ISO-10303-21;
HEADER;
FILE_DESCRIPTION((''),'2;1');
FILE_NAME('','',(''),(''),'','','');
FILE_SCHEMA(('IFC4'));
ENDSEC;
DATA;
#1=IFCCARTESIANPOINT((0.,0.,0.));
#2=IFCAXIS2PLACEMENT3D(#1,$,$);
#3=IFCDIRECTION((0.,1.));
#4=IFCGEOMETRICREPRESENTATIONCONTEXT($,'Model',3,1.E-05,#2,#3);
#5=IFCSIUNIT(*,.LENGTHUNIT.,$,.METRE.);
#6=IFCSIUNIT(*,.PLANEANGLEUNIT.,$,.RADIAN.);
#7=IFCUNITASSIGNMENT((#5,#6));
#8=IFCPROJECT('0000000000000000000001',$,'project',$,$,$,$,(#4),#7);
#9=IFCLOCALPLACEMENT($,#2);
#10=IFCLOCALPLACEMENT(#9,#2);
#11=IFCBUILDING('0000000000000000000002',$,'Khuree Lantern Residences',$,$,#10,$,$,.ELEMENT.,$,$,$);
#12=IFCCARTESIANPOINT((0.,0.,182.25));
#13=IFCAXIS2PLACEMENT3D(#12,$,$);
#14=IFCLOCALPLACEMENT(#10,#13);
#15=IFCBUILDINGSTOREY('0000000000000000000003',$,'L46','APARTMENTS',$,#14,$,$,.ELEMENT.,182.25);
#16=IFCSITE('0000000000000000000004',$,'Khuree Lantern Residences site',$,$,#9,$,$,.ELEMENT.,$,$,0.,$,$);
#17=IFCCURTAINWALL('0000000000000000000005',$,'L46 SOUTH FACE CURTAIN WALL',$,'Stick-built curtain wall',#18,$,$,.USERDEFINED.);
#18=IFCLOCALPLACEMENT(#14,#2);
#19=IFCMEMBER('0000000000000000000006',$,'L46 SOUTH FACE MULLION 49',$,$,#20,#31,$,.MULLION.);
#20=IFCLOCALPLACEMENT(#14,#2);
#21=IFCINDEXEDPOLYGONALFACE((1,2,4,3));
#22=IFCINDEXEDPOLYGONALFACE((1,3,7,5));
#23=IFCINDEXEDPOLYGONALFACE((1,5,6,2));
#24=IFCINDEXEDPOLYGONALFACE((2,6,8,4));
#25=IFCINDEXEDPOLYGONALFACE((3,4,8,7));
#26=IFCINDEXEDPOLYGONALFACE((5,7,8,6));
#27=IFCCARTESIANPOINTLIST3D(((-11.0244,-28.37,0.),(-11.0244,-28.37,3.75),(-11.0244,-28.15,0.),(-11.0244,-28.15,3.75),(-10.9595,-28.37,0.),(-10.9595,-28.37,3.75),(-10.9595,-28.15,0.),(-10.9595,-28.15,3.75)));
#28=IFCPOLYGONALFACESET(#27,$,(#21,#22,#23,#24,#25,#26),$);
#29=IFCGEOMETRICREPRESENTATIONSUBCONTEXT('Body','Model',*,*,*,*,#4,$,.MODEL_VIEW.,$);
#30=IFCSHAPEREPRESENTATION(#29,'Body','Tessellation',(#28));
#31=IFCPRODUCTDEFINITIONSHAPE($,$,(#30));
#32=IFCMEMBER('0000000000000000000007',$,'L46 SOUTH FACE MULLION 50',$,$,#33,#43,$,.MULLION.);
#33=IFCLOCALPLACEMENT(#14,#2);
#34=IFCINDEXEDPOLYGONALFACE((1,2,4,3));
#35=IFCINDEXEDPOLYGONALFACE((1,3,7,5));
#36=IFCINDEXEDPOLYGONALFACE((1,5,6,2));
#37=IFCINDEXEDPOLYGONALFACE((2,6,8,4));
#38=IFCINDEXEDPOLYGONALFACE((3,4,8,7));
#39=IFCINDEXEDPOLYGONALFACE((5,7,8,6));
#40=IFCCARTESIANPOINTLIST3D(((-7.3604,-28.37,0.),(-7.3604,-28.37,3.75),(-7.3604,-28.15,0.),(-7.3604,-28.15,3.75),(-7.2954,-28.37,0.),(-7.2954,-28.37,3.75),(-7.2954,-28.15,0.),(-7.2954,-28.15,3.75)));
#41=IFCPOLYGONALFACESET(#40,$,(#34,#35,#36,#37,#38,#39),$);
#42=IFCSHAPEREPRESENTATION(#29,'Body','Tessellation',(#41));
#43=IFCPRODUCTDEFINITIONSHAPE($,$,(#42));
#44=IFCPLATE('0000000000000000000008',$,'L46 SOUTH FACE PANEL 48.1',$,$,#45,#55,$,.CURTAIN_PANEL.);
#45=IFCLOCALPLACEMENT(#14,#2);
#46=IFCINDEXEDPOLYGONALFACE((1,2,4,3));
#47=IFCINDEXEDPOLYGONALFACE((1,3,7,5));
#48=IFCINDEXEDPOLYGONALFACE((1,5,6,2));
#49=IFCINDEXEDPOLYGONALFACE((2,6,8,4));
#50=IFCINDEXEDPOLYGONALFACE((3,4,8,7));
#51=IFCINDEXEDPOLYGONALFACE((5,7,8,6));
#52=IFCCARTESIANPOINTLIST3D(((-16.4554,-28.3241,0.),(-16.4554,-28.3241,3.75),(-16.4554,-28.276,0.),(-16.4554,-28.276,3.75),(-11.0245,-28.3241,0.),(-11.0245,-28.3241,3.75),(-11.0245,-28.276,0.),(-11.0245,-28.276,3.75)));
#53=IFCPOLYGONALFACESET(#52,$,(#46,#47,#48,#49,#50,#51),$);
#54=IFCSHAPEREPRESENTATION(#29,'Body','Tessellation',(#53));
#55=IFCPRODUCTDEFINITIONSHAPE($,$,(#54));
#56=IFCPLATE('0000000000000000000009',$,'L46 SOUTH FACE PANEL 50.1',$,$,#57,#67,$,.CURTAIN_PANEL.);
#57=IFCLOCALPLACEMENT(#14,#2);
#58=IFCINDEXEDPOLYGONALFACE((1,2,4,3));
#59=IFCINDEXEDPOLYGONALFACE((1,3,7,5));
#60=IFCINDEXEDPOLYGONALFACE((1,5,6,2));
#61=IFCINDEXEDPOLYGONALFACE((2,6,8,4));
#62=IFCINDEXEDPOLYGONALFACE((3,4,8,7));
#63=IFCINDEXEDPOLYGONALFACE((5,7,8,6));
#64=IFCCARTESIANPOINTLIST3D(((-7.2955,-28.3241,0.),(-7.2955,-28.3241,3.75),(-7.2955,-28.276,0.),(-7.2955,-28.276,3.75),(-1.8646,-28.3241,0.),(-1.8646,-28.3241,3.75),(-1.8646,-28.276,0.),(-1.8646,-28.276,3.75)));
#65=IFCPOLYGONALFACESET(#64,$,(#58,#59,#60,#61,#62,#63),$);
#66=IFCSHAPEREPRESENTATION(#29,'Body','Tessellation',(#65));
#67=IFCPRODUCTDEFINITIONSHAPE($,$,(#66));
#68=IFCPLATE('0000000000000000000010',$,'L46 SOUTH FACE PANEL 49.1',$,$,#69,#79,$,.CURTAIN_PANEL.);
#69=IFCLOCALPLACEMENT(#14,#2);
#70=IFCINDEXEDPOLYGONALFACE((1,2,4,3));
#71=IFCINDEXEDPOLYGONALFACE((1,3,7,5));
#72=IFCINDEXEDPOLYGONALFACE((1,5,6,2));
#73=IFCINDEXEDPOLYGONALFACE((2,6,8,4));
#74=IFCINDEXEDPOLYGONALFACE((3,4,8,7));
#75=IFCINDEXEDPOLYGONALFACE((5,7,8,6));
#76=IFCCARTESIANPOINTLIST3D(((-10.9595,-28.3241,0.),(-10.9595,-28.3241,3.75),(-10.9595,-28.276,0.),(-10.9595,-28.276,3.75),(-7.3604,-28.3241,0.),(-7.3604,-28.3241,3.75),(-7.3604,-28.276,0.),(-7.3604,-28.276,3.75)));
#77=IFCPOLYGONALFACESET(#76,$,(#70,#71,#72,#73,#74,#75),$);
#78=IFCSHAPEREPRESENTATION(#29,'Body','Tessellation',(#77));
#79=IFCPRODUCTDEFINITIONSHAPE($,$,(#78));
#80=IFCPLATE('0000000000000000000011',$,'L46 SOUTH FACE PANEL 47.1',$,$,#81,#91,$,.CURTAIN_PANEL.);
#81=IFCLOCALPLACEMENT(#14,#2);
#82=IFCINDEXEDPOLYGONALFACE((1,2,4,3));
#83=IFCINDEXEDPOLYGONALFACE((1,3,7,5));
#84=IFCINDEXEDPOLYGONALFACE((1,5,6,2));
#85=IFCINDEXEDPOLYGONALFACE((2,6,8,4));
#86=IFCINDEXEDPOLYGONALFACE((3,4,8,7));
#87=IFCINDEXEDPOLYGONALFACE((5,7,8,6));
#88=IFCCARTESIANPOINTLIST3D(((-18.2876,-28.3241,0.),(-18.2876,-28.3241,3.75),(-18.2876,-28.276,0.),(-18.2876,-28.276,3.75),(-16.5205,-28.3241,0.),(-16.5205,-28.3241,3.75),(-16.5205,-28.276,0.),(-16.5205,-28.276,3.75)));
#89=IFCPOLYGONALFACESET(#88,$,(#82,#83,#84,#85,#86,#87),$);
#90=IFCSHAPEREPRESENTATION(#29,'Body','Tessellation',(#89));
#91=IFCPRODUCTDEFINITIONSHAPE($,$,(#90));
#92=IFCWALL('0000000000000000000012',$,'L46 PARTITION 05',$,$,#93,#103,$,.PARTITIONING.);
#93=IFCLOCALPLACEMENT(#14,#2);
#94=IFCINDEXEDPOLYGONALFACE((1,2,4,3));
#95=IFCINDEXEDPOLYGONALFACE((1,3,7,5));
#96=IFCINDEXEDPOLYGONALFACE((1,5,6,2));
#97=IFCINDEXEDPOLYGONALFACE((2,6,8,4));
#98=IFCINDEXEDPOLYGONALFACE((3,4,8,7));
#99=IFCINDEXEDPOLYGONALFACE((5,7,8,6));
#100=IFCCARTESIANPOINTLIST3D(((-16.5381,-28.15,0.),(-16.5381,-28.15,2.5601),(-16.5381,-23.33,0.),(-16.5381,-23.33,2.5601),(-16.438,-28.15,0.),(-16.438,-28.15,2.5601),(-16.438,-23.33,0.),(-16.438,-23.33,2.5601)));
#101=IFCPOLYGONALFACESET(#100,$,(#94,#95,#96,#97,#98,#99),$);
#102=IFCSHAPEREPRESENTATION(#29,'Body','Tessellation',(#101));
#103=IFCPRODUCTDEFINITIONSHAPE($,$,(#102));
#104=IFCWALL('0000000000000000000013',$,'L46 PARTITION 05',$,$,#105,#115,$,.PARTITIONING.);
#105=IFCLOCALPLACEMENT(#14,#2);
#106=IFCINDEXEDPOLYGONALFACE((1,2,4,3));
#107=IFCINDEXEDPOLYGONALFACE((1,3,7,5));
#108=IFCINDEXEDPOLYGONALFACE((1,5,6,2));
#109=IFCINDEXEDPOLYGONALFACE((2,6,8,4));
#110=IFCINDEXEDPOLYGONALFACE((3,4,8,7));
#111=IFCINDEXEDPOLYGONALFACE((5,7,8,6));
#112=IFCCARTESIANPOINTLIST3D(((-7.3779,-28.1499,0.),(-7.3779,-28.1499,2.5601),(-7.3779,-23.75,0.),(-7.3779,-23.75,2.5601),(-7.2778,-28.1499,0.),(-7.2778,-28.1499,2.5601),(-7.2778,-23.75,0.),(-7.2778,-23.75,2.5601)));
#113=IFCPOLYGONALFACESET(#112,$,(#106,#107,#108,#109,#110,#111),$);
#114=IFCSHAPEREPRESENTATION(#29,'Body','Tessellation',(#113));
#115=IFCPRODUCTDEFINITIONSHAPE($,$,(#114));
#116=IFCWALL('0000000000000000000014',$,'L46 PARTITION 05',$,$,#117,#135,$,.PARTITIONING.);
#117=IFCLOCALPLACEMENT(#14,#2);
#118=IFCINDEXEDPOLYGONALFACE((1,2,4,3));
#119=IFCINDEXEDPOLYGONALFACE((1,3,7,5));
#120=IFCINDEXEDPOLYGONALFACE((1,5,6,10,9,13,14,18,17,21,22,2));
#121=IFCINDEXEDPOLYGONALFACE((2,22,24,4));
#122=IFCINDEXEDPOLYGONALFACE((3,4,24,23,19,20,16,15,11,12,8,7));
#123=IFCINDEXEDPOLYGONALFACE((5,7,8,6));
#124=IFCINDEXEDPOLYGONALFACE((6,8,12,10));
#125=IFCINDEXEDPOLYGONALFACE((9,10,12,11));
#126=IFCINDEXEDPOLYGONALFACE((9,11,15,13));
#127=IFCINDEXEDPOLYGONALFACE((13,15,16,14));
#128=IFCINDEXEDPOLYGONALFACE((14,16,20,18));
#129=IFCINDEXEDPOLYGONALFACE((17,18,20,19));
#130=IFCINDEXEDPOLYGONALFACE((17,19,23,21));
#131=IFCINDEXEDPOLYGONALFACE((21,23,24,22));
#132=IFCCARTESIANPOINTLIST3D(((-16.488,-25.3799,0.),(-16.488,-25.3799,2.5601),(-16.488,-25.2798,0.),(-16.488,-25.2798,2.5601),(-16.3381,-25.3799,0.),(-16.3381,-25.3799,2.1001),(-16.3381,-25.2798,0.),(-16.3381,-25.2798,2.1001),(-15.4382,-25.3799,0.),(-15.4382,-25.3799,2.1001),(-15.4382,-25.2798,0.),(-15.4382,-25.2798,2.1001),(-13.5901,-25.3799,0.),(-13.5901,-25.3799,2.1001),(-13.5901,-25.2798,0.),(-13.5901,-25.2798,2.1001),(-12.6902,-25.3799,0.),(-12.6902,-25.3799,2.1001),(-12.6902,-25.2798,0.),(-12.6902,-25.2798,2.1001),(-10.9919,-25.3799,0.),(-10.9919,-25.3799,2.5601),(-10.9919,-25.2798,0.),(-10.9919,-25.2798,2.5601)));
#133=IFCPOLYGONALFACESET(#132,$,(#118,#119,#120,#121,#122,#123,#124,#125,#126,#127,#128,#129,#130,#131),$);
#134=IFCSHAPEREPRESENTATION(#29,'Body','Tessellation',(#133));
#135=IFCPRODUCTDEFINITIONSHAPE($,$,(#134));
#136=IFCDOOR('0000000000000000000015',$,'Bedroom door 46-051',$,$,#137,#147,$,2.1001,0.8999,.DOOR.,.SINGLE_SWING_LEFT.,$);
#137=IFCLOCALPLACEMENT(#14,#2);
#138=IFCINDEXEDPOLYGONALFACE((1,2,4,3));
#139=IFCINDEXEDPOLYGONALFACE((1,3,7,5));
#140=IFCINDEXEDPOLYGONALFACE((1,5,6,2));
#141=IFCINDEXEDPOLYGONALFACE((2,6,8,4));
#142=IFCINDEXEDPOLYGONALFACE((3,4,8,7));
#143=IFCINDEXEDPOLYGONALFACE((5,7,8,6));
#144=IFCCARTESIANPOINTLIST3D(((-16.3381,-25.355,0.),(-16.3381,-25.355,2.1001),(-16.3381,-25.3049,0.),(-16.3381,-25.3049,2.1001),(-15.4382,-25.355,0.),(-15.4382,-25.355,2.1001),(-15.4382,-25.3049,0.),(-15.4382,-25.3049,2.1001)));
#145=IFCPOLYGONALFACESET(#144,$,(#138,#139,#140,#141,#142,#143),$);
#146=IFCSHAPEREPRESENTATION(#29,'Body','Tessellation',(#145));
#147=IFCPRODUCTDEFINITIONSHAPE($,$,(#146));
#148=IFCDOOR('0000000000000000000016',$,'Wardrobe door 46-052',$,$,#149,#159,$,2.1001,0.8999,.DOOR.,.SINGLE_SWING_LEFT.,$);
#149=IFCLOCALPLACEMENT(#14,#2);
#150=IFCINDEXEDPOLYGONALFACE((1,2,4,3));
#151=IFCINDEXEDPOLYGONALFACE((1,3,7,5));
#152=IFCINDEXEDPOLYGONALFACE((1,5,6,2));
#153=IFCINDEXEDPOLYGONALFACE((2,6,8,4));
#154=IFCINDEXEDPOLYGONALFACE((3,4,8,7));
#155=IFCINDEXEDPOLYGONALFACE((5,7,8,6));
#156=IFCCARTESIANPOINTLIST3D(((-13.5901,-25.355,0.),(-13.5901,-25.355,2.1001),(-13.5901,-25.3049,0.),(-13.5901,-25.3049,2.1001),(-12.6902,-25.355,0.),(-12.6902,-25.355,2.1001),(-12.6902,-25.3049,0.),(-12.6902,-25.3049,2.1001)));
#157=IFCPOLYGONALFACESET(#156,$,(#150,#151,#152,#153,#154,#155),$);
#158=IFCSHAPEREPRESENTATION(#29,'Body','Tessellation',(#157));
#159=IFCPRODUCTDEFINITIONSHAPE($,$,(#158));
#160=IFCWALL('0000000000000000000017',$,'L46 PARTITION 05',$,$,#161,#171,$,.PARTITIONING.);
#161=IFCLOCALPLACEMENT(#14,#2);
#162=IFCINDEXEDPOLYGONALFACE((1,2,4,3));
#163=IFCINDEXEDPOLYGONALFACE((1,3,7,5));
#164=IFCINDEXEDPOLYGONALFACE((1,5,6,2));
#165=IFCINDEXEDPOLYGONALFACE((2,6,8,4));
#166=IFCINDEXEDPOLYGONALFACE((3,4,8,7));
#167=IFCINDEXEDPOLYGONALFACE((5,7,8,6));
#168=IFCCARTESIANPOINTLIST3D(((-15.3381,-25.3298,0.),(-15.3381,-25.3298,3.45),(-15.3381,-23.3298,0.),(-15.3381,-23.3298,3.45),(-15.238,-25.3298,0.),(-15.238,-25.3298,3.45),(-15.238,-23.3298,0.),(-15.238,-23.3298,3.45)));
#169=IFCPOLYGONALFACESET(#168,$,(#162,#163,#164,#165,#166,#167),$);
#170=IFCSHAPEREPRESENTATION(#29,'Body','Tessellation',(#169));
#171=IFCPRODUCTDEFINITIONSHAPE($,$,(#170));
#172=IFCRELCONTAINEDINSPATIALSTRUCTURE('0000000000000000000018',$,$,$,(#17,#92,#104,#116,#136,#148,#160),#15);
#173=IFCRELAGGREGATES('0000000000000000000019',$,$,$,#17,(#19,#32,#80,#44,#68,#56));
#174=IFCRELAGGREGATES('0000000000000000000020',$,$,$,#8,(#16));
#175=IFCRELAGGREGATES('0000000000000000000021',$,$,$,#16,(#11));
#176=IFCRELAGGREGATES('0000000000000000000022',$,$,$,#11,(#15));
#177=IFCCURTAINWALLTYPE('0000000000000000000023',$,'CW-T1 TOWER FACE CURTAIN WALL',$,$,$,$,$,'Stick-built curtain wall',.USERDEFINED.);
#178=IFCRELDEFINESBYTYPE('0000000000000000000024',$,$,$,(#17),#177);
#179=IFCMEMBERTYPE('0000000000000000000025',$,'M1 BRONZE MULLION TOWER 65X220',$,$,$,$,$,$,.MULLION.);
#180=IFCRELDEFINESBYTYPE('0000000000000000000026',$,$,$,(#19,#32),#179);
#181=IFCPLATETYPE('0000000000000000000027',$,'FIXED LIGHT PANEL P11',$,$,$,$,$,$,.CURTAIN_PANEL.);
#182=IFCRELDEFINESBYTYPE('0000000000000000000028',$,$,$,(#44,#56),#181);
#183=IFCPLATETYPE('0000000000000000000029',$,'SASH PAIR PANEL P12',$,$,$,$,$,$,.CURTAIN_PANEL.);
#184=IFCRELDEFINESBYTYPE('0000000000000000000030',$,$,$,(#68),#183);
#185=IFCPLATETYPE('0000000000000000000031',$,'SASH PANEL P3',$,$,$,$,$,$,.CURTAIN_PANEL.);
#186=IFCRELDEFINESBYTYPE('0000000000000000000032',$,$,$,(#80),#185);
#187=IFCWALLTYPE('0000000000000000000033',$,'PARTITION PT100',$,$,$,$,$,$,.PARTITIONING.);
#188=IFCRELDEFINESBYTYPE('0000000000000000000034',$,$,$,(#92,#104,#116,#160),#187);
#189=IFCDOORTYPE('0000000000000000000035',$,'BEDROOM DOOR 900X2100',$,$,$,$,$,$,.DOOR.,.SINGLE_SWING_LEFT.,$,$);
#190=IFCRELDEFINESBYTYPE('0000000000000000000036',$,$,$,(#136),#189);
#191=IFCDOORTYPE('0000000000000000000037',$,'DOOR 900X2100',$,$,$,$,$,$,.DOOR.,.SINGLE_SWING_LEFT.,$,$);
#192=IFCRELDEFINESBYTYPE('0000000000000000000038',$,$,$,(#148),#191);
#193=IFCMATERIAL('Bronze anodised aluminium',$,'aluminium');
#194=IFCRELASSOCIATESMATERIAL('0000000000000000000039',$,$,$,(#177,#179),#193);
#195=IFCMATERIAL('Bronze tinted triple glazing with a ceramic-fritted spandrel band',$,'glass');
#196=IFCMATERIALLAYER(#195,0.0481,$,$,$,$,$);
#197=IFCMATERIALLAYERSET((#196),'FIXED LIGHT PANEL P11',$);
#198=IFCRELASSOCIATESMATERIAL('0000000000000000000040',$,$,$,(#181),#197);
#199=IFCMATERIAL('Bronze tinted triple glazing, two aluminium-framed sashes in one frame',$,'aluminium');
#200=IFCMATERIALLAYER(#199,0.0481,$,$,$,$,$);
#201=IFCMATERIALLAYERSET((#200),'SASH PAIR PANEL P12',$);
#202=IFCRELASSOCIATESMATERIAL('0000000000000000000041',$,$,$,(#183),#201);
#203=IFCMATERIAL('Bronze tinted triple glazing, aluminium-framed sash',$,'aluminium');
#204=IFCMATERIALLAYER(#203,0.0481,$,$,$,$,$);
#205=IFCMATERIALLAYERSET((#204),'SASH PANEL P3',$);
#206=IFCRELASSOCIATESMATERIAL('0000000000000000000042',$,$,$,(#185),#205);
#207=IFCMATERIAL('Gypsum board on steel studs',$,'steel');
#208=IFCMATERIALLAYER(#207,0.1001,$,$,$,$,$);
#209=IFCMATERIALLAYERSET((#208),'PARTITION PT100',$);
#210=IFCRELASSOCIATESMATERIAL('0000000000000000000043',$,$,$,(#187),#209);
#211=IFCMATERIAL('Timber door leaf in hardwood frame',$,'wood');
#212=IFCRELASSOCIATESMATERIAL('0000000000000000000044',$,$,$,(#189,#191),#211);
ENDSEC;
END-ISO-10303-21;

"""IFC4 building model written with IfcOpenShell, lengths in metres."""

from ifc_helpers import new_model, si_unit, direction, frame, frame_2d, origin, origin_2d, place, context, subcontext, project, spatial, rectangle, extrude, material, layer, layer_set, material_profile, profile_set, type_object, element, fill, aggregate, save


model = new_model("IFC4")

# Units and contexts
model_context = context("Model", 3, precision=1e-05, world=origin(), true_north=direction((0.0, 1.0)))
body_context = subcontext(model_context, "Body", "Model", "MODEL_VIEW")
ifc_project = project(units=[si_unit("LENGTHUNIT", "METRE"), si_unit("PLANEANGLEUNIT", "RADIAN")], contexts=[model_context])

# Site, building, storey
site_placement = place(None, origin())
site = spatial("IfcSite", under=ifc_project, at=site_placement, Name="Khuree Lantern Residences site", CompositionType="ELEMENT", RefElevation=0.0)
building_placement = place(site_placement, origin())
building = spatial("IfcBuilding", under=site, at=building_placement, Name="Khuree Lantern Residences", CompositionType="ELEMENT")
storey_placement = place(building_placement, frame((0.0, 0.0, 182.25)))
storey = spatial("IfcBuildingStorey", under=building, at=storey_placement, Name="L46", Description="APARTMENTS", CompositionType="ELEMENT", Elevation=182.25)

# Curtain wall
ifc_material_1 = material(Name="Bronze anodised aluminium", Category="aluminium")
curtain_wall_type = type_object("IfcCurtainWallType", Name="CW-T1 TOWER FACE CURTAIN WALL", ElementType="Stick-built curtain wall", PredefinedType="USERDEFINED", material=ifc_material_1)
curtain_wall_placement = place(storey_placement, origin())
curtain_wall = element("IfcCurtainWall", 1, at=curtain_wall_placement, inside=storey, type_object=curtain_wall_type, Name="L46 SOUTH FACE CURTAIN WALL", ObjectType="Stick-built curtain wall", PredefinedType="USERDEFINED")

# Members
ifc_material_profile_1 = material_profile(ifc_material_1, rectangle(XDim=0.0649, YDim=0.22, at=origin_2d()), Name="M1 65X220")
ifc_profile_set_1 = profile_set([ifc_material_profile_1], Name="Bronze anodised aluminium")
member_type_1 = type_object("IfcMemberType", Name="M1 BRONZE MULLION TOWER 65X220", PredefinedType="MULLION", material=ifc_profile_set_1)
member_1_placement = place(storey_placement, frame((-10.9919, -28.26, 0.0), z_axis=(0.0, 0.0, 1.0), x_axis=(1.0, 0.0, 0.0)))
member_1 = element("IfcMember", 2, at=member_1_placement, type_object=member_type_1, Name="L46 SOUTH FACE MULLION 49", PredefinedType="MULLION", context=body_context, shape_type="SweptSolid", body=[
    extrude(rectangle(XDim=0.0649, YDim=0.22, at=origin_2d()), origin(), (0.0, 0.0, 1.0), 3.75),
])
member_2_placement = place(storey_placement, frame((-7.3279, -28.26, 0.0), z_axis=(0.0, 0.0, 1.0), x_axis=(1.0, 0.0, 0.0)))
member_2 = element("IfcMember", 3, at=member_2_placement, type_object=member_type_1, Name="L46 SOUTH FACE MULLION 50", PredefinedType="MULLION", context=body_context, shape_type="SweptSolid", body=[
    extrude(rectangle(XDim=0.0649, YDim=0.22, at=origin_2d()), origin(), (0.0, 0.0, 1.0), 3.75),
])

# Plates
ifc_material_2 = material(Name="Bronze tinted triple glazing with a ceramic-fritted spandrel band", Category="glass")
ifc_layer_1 = layer(ifc_material_2, 0.0481)
ifc_layer_set_1 = layer_set([ifc_layer_1], Name="FIXED LIGHT PANEL P11")
plate_type_1 = type_object("IfcPlateType", Name="FIXED LIGHT PANEL P11", PredefinedType="CURTAIN_PANEL", material=ifc_layer_set_1)
plate_1_placement = place(storey_placement, frame((-13.74, -28.3, 0.0), z_axis=(0.0, 0.0, 1.0), x_axis=(1.0, 0.0, 0.0)))
plate_1 = element("IfcPlate", 4, at=plate_1_placement, type_object=plate_type_1, Name="L46 SOUTH FACE PANEL 48.1", PredefinedType="CURTAIN_PANEL", context=body_context, shape_type="SweptSolid", body=[
    extrude(rectangle(XDim=5.4309, YDim=0.0481, at=origin_2d()), origin(), (0.0, 0.0, 1.0), 3.75),
])
plate_2_placement = place(storey_placement, frame((-4.5801, -28.3, 0.0), z_axis=(0.0, 0.0, 1.0), x_axis=(1.0, 0.0, 0.0)))
plate_2 = element("IfcPlate", 5, at=plate_2_placement, type_object=plate_type_1, Name="L46 SOUTH FACE PANEL 50.1", PredefinedType="CURTAIN_PANEL", context=body_context, shape_type="SweptSolid", body=[
    extrude(rectangle(XDim=5.4309, YDim=0.0481, at=origin_2d()), origin(), (0.0, 0.0, 1.0), 3.75),
])
ifc_material_3 = material(Name="Bronze tinted triple glazing, two aluminium-framed sashes in one frame", Category="aluminium")
ifc_layer_2 = layer(ifc_material_3, 0.0481)
ifc_layer_set_2 = layer_set([ifc_layer_2], Name="SASH PAIR PANEL P12")
plate_type_2 = type_object("IfcPlateType", Name="SASH PAIR PANEL P12", PredefinedType="CURTAIN_PANEL", material=ifc_layer_set_2)
plate_3_placement = place(storey_placement, frame((-9.1599, -28.3, 0.0), z_axis=(0.0, 0.0, 1.0), x_axis=(1.0, 0.0, 0.0)))
plate_3 = element("IfcPlate", 6, at=plate_3_placement, type_object=plate_type_2, Name="L46 SOUTH FACE PANEL 49.1", PredefinedType="CURTAIN_PANEL", context=body_context, shape_type="SweptSolid", body=[
    extrude(rectangle(XDim=3.5991, YDim=0.0481, at=origin_2d()), origin(), (0.0, 0.0, 1.0), 3.75),
])
ifc_material_4 = material(Name="Bronze tinted triple glazing, aluminium-framed sash", Category="aluminium")
ifc_layer_3 = layer(ifc_material_4, 0.0481)
ifc_layer_set_3 = layer_set([ifc_layer_3], Name="SASH PANEL P3")
plate_type_3 = type_object("IfcPlateType", Name="SASH PANEL P3", PredefinedType="CURTAIN_PANEL", material=ifc_layer_set_3)
plate_4_placement = place(storey_placement, frame((-17.4041, -28.3, 0.0), z_axis=(0.0, 0.0, 1.0), x_axis=(1.0, 0.0, 0.0)))
plate_4 = element("IfcPlate", 7, at=plate_4_placement, type_object=plate_type_3, Name="L46 SOUTH FACE PANEL 47.1", PredefinedType="CURTAIN_PANEL", context=body_context, shape_type="SweptSolid", body=[
    extrude(rectangle(XDim=1.7671, YDim=0.0481, at=origin_2d()), origin(), (0.0, 0.0, 1.0), 3.75),
])
aggregate(curtain_wall, [member_1, member_2, plate_4, plate_1, plate_3, plate_2])

# Walls
ifc_material_5 = material(Name="Gypsum board on steel studs", Category="steel")
ifc_layer_4 = layer(ifc_material_5, 0.1001)
ifc_layer_set_4 = layer_set([ifc_layer_4], Name="PARTITION PT100")
wall_type = type_object("IfcWallType", Name="PARTITION PT100", PredefinedType="PARTITIONING", material=ifc_layer_set_4)
wall_1_placement = place(storey_placement, frame((-16.488, -23.3298, 0.0), z_axis=(0.0, 0.0, 1.0), x_axis=(0.0, -1.0, 0.0)))
element("IfcWall", 8, at=wall_1_placement, inside=storey, type_object=wall_type, Name="L46 PARTITION 05", PredefinedType="PARTITIONING", context=body_context, shape_type="SweptSolid", body=[
    extrude(rectangle(XDim=4.8201, YDim=0.1001, at=frame_2d((2.4102, 0.0))), origin(), (0.0, 0.0, 1.0), 2.5601),
])
wall_2_placement = place(storey_placement, frame((-7.3279, -23.75, 0.0), z_axis=(0.0, 0.0, 1.0), x_axis=(0.0, -1.0, 0.0)))
element("IfcWall", 9, at=wall_2_placement, inside=storey, type_object=wall_type, Name="L46 PARTITION 05", PredefinedType="PARTITIONING", context=body_context, shape_type="SweptSolid", body=[
    extrude(rectangle(XDim=4.3999, YDim=0.1001, at=frame_2d((2.2, 0.0))), origin(), (0.0, 0.0, 1.0), 2.5601),
])

# Wall, openings, doors
wall_3_placement = place(storey_placement, frame((-16.488, -25.3298, 0.0), z_axis=(0.0, 0.0, 1.0), x_axis=(1.0, 0.0, 0.0)))
wall_3 = element("IfcWall", 10, at=wall_3_placement, inside=storey, type_object=wall_type, Name="L46 PARTITION 05", PredefinedType="PARTITIONING", context=body_context, shape_type="SweptSolid", body=[
    extrude(rectangle(XDim=5.4961, YDim=0.1001, at=frame_2d((2.748, 0.0))), origin(), (0.0, 0.0, 1.0), 2.5601),
])
opening_1_placement = place(wall_3_placement, frame((0.1499, 0.0, 0.0)))
opening_1 = element("IfcOpeningElement", 11, at=opening_1_placement, cuts=wall_3, PredefinedType="OPENING", context=body_context, shape_type="SweptSolid", body=[
    extrude(rectangle(XDim=0.8999, YDim=2.1001, at=frame_2d((0.45, 1.05))), frame((0.0, 0.0601, 0.0), z_axis=(0.0, -1.0, 0.0), x_axis=(1.0, 0.0, 0.0)), (0.0, 0.0, 1.0), 0.1201),
])
opening_2_placement = place(wall_3_placement, frame((2.8979, 0.0, 0.0)))
opening_2 = element("IfcOpeningElement", 12, at=opening_2_placement, cuts=wall_3, PredefinedType="OPENING", context=body_context, shape_type="SweptSolid", body=[
    extrude(rectangle(XDim=0.8999, YDim=2.1001, at=frame_2d((0.45, 1.05))), frame((0.0, 0.0601, 0.0), z_axis=(0.0, -1.0, 0.0), x_axis=(1.0, 0.0, 0.0)), (0.0, 0.0, 1.0), 0.1201),
])
ifc_material_6 = material(Name="Timber door leaf in hardwood frame", Category="wood")
door_type_1 = type_object("IfcDoorType", Name="BEDROOM DOOR 900X2100", OperationType="SINGLE_SWING_LEFT", PredefinedType="DOOR", material=ifc_material_6)
door_1_placement = place(opening_1_placement, origin())
door_1 = element("IfcDoor", 13, at=door_1_placement, inside=storey, type_object=door_type_1, Name="Bedroom door 46-051", OperationType="SINGLE_SWING_LEFT", OverallHeight=2.1001, OverallWidth=0.8999, PredefinedType="DOOR", context=body_context, shape_type="SweptSolid", body=[
    extrude(rectangle(XDim=0.8999, YDim=2.1001, at=frame_2d((0.45, 1.05))), frame((0.0, 0.0249, 0.0), z_axis=(0.0, -1.0, 0.0), x_axis=(1.0, 0.0, 0.0)), (0.0, 0.0, 1.0), 0.05),
])
fill(opening_1, door_1)
door_type_2 = type_object("IfcDoorType", Name="DOOR 900X2100", OperationType="SINGLE_SWING_LEFT", PredefinedType="DOOR", material=ifc_material_6)
door_2_placement = place(opening_2_placement, origin())
door_2 = element("IfcDoor", 14, at=door_2_placement, inside=storey, type_object=door_type_2, Name="Wardrobe door 46-052", OperationType="SINGLE_SWING_LEFT", OverallHeight=2.1001, OverallWidth=0.8999, PredefinedType="DOOR", context=body_context, shape_type="SweptSolid", body=[
    extrude(rectangle(XDim=0.8999, YDim=2.1001, at=frame_2d((0.45, 1.05))), frame((0.0, 0.0249, 0.0), z_axis=(0.0, -1.0, 0.0), x_axis=(1.0, 0.0, 0.0)), (0.0, 0.0, 1.0), 0.05),
])
fill(opening_2, door_2)

# Wall
wall_4_placement = place(storey_placement, frame((-15.2881, -23.3298, 0.0), z_axis=(0.0, 0.0, 1.0), x_axis=(0.0, -1.0, 0.0)))
element("IfcWall", 15, at=wall_4_placement, inside=storey, type_object=wall_type, Name="L46 PARTITION 05", PredefinedType="PARTITIONING", context=body_context, shape_type="SweptSolid", body=[
    extrude(rectangle(XDim=2.0, YDim=0.1001, at=frame_2d((1.0, 0.0))), origin(), (0.0, 0.0, 1.0), 3.45),
])

save(model, "model.ifc")
